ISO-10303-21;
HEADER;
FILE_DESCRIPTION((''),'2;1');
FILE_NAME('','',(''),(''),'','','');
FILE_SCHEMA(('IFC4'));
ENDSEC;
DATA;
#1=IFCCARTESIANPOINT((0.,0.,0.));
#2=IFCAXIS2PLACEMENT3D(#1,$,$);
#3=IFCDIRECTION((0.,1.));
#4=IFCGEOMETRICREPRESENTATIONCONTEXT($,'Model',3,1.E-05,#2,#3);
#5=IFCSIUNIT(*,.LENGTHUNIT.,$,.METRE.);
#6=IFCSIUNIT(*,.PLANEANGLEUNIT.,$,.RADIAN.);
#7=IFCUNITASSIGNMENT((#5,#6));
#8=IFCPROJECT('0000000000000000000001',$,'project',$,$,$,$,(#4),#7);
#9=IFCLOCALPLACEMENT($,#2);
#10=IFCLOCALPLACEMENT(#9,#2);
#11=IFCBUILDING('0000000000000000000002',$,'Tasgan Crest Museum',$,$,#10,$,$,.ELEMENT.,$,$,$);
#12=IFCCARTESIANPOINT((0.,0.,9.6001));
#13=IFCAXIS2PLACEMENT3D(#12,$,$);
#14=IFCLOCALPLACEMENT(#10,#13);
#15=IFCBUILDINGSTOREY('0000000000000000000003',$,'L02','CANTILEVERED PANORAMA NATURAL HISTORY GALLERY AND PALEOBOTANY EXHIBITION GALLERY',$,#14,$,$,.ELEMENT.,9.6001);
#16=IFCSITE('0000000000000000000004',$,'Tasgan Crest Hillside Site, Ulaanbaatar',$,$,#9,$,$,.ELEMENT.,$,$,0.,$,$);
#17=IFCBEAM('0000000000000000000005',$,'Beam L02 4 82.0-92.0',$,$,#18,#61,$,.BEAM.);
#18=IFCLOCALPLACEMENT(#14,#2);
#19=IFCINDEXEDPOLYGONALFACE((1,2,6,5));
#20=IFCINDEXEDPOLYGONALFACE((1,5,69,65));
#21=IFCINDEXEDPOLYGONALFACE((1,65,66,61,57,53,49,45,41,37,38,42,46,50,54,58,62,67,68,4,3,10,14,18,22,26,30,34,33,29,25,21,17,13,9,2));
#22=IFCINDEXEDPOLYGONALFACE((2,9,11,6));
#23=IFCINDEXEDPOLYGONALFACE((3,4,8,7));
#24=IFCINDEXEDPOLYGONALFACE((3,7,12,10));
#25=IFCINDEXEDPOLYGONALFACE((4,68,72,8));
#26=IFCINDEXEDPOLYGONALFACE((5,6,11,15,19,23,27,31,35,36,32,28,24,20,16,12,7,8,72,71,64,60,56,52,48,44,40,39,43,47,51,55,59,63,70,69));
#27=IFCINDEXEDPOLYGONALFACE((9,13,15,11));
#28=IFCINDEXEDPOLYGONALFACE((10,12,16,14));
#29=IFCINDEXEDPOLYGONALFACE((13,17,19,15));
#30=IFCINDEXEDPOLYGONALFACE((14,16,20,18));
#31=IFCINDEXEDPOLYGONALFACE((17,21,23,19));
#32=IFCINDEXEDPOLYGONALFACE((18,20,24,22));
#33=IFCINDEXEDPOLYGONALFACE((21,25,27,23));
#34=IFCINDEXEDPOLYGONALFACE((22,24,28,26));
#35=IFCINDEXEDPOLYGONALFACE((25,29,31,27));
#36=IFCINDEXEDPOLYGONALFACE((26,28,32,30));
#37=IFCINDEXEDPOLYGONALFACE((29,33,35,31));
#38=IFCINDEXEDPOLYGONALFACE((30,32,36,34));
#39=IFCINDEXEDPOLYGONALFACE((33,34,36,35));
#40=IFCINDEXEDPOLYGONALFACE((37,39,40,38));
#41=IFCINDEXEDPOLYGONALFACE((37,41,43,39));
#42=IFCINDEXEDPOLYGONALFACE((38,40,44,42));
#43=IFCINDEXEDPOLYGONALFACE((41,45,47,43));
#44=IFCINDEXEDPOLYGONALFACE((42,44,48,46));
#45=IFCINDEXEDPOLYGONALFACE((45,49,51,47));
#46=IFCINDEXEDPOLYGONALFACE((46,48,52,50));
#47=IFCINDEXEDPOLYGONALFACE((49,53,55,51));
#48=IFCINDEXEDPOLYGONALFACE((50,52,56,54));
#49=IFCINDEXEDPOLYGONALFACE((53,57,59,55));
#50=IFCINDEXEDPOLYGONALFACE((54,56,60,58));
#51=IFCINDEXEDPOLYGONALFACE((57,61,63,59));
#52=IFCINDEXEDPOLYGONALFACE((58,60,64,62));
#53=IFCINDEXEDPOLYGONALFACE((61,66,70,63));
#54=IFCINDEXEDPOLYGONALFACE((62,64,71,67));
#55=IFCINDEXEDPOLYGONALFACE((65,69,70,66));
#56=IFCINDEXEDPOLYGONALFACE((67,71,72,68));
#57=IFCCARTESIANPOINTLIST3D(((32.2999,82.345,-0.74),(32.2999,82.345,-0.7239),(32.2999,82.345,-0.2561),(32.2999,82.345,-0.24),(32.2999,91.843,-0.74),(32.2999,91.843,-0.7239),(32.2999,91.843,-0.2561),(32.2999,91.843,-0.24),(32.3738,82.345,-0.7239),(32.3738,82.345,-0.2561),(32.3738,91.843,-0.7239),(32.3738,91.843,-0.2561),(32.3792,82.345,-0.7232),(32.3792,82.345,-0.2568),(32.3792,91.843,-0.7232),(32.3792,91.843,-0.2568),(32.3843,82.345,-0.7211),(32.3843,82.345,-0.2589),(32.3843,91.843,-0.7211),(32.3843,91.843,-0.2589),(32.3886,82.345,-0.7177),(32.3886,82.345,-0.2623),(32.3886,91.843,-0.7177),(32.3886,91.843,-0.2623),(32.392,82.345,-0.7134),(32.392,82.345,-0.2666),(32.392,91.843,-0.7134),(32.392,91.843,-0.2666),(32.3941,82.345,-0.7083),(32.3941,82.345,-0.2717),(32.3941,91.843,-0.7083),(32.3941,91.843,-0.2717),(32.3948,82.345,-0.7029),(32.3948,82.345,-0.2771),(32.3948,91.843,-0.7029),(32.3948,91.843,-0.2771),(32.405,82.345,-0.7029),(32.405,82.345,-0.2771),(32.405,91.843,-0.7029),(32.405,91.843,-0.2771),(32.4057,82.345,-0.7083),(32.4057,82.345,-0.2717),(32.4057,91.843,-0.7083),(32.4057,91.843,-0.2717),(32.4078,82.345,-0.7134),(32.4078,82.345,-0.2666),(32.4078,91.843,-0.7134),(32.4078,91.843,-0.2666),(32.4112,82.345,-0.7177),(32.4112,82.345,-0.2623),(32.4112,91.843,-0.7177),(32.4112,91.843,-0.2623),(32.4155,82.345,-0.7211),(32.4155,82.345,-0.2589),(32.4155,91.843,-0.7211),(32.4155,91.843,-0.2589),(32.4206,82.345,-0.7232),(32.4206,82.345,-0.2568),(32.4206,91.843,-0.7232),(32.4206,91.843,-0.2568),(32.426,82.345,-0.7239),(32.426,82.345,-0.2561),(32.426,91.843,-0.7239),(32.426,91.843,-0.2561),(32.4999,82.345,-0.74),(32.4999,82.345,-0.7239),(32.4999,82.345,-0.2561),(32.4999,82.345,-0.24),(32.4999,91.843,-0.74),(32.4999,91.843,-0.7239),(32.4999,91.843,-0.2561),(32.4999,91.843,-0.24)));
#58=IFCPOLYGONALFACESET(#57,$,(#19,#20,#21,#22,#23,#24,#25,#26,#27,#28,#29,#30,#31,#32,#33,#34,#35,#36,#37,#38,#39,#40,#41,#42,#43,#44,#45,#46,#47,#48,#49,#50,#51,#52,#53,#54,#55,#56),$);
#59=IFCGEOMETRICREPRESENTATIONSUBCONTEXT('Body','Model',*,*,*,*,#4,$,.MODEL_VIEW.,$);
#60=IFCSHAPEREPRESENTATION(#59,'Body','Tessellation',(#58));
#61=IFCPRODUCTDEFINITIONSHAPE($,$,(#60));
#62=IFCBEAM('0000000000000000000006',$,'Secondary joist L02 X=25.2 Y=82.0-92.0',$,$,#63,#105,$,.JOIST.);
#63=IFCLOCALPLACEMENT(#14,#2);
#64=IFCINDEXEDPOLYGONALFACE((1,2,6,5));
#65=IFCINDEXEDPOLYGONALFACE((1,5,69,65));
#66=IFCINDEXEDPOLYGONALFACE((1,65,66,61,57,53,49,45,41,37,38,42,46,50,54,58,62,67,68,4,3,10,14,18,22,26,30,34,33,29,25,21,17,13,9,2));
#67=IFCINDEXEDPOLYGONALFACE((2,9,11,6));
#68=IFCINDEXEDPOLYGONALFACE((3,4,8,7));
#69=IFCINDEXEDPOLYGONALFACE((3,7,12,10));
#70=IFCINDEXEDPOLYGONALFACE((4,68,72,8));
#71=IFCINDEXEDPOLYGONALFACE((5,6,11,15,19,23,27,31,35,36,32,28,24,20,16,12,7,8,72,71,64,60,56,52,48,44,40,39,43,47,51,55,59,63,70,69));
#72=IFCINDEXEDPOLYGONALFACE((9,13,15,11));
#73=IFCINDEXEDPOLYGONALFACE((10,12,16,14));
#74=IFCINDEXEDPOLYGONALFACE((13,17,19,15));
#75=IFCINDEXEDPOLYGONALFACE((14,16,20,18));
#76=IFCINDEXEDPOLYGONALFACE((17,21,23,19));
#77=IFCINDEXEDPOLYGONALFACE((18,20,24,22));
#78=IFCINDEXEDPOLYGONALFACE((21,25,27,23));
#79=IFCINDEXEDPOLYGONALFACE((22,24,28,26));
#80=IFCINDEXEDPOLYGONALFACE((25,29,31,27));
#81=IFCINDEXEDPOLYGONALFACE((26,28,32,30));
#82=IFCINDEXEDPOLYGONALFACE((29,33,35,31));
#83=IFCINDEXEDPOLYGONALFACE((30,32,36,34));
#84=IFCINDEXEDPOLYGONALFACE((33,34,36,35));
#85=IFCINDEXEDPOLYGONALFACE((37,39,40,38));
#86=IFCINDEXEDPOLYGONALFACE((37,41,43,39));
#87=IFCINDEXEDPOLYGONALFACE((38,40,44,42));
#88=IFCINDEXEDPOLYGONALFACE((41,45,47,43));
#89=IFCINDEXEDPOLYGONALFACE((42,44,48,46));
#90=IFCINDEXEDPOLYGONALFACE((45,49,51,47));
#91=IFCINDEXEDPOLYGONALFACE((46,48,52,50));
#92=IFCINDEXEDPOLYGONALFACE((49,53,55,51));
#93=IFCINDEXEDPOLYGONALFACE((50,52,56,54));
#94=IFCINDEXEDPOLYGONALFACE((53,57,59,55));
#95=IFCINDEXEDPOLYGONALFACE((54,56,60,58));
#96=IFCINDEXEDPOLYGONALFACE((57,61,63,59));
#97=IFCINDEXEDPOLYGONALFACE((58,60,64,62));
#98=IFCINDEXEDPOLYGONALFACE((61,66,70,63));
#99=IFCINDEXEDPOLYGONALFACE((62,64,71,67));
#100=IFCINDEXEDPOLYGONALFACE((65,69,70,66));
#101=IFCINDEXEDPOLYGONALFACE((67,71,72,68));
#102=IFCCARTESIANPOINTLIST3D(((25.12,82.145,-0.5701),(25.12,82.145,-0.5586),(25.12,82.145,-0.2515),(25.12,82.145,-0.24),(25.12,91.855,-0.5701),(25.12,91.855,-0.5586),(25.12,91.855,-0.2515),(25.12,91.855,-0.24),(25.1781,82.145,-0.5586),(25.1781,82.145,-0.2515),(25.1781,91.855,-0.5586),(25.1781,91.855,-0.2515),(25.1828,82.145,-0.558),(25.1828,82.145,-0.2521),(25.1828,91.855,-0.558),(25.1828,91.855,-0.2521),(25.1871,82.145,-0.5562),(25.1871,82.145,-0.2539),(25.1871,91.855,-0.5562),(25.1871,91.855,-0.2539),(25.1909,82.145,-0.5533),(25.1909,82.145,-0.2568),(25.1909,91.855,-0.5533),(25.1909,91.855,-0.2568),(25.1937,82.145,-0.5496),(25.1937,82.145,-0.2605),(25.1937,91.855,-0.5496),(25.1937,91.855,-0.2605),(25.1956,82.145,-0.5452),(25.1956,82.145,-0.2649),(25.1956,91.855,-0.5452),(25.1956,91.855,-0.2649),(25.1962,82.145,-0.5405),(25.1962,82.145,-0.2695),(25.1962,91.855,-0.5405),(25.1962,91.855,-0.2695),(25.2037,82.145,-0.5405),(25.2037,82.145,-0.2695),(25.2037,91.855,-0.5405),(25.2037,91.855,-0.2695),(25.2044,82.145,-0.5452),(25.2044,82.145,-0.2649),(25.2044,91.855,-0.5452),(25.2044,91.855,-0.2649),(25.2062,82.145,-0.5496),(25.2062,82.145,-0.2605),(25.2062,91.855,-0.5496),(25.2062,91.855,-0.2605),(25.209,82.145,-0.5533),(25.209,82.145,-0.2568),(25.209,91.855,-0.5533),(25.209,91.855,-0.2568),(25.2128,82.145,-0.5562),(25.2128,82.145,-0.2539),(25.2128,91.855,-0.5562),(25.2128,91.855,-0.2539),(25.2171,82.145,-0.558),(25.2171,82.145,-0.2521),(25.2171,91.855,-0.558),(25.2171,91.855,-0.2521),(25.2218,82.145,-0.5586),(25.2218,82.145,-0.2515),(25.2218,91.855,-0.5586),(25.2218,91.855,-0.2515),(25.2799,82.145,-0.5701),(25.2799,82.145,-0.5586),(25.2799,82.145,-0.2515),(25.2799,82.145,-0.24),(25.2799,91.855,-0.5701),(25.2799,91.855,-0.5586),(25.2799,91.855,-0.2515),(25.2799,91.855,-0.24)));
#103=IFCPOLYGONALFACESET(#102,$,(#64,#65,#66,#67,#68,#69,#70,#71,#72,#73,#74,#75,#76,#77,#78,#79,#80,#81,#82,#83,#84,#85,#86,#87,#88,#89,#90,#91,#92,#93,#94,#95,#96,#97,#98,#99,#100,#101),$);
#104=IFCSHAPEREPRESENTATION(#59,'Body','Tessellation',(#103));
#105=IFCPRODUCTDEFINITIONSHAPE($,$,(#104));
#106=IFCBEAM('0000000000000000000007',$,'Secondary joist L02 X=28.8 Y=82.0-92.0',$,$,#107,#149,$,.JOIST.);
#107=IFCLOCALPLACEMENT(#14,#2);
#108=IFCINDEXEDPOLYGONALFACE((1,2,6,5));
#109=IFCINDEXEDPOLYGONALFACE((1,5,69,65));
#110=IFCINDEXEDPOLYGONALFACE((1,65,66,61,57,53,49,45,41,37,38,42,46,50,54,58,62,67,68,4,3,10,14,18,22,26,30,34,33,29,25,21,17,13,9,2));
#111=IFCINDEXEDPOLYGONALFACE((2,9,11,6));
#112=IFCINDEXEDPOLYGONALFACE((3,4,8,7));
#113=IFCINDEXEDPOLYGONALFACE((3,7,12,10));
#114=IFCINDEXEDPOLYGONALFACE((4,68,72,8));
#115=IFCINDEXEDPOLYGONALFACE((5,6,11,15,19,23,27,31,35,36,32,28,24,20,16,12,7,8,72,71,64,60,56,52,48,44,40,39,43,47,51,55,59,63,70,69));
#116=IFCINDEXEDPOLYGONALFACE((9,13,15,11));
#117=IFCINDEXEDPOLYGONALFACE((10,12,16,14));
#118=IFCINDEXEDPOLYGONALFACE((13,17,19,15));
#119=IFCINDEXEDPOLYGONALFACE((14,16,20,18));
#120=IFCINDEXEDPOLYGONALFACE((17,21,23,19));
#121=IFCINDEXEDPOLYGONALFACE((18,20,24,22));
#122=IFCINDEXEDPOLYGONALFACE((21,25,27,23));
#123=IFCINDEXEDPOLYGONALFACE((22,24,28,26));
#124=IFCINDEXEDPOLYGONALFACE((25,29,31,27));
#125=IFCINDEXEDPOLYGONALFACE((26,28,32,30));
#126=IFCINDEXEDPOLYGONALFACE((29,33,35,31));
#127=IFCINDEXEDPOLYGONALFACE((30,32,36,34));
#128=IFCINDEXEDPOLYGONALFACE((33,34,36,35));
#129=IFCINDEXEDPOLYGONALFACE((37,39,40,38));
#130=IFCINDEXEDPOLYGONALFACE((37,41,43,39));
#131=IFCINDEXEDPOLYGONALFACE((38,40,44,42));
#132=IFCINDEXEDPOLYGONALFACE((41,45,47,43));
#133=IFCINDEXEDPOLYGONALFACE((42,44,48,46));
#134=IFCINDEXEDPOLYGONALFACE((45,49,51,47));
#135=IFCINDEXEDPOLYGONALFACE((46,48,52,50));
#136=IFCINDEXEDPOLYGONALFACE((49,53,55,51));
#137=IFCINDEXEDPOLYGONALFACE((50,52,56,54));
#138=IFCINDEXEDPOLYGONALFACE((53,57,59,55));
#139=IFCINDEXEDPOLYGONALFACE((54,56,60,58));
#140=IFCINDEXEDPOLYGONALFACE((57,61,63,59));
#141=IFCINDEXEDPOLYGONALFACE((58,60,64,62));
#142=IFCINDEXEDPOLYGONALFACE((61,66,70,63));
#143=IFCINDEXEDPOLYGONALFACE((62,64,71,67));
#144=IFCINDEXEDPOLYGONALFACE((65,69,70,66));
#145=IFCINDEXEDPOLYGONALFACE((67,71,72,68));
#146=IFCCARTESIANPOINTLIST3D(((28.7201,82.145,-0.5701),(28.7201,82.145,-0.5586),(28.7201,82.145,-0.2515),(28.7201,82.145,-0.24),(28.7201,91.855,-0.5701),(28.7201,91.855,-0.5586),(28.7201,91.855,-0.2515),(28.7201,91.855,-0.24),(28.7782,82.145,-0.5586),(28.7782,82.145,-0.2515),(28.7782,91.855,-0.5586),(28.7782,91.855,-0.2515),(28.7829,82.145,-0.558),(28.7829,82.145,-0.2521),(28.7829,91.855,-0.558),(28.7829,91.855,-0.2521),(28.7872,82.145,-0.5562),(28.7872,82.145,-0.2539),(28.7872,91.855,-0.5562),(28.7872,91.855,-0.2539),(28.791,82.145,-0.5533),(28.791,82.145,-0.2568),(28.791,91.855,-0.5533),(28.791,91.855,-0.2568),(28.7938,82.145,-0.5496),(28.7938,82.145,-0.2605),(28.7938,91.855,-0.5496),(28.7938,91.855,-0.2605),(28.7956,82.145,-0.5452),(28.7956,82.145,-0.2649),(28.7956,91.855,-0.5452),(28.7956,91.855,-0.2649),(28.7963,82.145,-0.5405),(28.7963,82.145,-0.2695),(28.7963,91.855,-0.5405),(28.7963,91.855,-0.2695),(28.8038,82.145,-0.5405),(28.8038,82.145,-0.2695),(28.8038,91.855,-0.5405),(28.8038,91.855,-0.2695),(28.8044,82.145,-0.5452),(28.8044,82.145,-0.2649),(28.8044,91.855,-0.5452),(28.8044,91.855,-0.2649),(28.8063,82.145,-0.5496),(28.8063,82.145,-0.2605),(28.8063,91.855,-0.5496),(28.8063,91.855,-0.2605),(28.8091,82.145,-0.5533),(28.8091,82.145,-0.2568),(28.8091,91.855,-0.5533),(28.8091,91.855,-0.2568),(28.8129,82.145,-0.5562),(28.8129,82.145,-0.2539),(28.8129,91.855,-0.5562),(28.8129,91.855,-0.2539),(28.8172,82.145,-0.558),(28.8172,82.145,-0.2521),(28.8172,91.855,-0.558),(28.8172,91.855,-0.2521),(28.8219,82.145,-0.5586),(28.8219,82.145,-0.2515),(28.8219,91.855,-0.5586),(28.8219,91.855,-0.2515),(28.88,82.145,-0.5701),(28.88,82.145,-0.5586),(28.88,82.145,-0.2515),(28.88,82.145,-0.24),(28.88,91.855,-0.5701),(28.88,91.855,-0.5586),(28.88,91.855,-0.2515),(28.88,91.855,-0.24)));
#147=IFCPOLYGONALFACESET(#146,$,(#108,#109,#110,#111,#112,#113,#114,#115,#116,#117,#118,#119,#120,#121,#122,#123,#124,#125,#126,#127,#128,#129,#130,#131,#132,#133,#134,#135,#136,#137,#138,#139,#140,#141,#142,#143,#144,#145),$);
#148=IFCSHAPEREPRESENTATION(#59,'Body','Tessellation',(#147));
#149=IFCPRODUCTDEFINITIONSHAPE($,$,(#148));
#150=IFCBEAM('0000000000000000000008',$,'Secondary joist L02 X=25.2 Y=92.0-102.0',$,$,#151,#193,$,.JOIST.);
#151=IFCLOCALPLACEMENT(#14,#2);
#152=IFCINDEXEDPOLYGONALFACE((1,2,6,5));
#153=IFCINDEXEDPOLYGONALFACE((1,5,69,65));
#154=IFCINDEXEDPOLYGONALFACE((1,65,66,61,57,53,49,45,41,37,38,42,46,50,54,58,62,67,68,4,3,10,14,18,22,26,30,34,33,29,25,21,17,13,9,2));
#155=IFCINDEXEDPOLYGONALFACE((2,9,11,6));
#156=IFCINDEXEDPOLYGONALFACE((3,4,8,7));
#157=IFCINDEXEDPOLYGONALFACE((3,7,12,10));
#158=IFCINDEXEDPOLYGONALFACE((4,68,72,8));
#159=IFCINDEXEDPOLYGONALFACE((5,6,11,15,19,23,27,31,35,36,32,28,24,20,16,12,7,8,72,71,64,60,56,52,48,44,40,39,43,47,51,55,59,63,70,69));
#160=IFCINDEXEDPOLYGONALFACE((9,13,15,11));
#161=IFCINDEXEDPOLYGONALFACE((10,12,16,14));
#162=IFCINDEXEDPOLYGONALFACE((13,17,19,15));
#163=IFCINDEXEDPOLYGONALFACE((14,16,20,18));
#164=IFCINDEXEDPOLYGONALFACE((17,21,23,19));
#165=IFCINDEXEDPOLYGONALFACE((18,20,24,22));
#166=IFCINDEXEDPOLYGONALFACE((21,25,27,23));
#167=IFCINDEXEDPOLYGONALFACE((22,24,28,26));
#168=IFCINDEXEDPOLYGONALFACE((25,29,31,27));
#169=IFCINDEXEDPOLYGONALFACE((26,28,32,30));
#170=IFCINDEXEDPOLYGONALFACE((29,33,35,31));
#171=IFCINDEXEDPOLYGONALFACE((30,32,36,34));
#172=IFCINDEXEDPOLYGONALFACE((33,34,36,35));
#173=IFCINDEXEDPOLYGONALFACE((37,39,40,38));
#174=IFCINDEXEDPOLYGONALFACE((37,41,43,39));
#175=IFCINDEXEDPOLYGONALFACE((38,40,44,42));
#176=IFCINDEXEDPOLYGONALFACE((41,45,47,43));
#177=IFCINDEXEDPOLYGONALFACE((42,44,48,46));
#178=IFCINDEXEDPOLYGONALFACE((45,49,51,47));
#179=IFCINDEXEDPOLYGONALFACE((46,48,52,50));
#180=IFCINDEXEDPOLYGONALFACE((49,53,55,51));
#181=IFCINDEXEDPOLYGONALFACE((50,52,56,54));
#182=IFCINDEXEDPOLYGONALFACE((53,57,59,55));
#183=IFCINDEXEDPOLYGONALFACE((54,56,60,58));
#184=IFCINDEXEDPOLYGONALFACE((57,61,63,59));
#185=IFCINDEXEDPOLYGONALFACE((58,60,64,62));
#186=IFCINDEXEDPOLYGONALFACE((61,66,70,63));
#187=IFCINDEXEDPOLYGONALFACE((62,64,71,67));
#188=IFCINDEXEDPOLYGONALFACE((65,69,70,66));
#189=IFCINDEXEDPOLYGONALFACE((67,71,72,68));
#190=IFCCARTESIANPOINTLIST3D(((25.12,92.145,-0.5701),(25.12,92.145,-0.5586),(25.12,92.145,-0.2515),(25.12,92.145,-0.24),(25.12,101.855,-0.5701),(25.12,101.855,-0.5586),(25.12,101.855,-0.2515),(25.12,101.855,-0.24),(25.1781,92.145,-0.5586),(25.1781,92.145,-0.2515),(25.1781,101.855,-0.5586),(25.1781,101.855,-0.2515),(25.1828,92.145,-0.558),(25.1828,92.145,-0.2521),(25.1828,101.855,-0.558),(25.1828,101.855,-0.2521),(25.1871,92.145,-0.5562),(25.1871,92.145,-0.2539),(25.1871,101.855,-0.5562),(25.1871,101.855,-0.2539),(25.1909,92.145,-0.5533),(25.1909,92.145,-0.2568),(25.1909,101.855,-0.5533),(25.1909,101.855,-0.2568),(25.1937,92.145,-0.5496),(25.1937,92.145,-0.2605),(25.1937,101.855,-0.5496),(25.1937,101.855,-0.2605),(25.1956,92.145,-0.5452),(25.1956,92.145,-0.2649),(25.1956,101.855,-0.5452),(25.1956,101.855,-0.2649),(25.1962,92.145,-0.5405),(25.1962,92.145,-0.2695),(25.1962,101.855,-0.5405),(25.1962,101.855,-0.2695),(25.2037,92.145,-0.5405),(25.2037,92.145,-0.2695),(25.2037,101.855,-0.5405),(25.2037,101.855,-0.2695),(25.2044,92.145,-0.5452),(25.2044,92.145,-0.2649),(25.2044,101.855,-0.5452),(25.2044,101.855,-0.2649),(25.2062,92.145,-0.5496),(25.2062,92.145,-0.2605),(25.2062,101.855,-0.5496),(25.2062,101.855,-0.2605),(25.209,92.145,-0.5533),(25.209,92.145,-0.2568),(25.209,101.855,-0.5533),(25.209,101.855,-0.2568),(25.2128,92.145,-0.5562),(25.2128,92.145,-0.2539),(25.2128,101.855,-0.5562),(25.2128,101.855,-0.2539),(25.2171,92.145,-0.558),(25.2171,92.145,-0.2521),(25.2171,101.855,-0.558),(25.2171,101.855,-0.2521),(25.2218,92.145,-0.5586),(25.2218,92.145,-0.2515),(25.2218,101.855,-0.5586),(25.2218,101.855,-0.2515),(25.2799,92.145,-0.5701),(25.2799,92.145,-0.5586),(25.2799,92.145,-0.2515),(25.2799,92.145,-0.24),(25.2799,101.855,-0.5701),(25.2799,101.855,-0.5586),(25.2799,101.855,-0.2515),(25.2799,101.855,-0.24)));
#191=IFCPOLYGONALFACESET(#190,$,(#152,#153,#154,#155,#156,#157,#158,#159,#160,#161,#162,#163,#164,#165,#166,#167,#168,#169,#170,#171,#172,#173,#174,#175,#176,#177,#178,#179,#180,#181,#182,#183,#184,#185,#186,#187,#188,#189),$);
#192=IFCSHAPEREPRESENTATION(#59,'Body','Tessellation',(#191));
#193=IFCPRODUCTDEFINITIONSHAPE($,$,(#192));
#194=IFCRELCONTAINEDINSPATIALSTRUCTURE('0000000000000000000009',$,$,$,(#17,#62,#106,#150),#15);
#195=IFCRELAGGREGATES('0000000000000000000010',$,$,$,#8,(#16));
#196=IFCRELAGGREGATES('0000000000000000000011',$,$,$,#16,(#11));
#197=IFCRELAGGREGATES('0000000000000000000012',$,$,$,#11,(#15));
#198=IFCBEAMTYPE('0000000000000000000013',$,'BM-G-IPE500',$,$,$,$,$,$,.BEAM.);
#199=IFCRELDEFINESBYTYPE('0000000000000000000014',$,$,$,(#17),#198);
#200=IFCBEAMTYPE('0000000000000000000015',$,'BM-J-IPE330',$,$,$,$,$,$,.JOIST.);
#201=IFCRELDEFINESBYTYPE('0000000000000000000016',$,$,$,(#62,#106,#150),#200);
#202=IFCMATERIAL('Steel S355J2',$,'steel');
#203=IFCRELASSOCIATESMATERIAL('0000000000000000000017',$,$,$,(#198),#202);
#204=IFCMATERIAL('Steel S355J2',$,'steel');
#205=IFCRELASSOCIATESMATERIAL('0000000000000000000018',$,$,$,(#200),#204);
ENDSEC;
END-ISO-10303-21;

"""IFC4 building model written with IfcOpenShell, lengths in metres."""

from ifc_helpers import new_model, si_unit, direction, frame, origin, origin_2d, place, context, subcontext, project, spatial, i_section, extrude, material, material_profile, profile_set, type_object, element, save


model = new_model("IFC4")

# Units and contexts
model_context = context("Model", 3, precision=1e-05, world=origin(), true_north=direction((0.0, 1.0)))
body_context = subcontext(model_context, "Body", "Model", "MODEL_VIEW")
ifc_project = project(units=[si_unit("LENGTHUNIT", "METRE"), si_unit("PLANEANGLEUNIT", "RADIAN")], contexts=[model_context])

# Site, building, storey
site_placement = place(None, origin())
site = spatial("IfcSite", under=ifc_project, at=site_placement, Name="Tasgan Crest Hillside Site, Ulaanbaatar", CompositionType="ELEMENT", RefElevation=0.0)
building_placement = place(site_placement, origin())
building = spatial("IfcBuilding", under=site, at=building_placement, Name="Tasgan Crest Museum", CompositionType="ELEMENT")
storey_placement = place(building_placement, frame((0.0, 0.0, 9.6001)))
storey = spatial("IfcBuildingStorey", under=building, at=storey_placement, Name="L02", Description="CANTILEVERED PANORAMA NATURAL HISTORY GALLERY AND PALEOBOTANY EXHIBITION GALLERY", CompositionType="ELEMENT", Elevation=9.6001)

# Beams
ifc_material_1 = material(Name="Steel S355J2", Category="steel")
ifc_material_profile_1 = material_profile(ifc_material_1, i_section(OverallWidth=0.2, OverallDepth=0.5, WebThickness=0.0103, FlangeThickness=0.0161, FilletRadius=0.021, at=origin_2d()), Name="IPE 500")
ifc_profile_set_1 = profile_set([ifc_material_profile_1], Name="Steel S355J2")
beam_type_1 = type_object("IfcBeamType", Name="BM-G-IPE500", PredefinedType="BEAM", material=ifc_profile_set_1)
beam_1_placement = place(storey_placement, frame((32.3999, 82.345, -0.49), z_axis=(0.0, 1.0, 0.0), x_axis=(-1.0, 0.0, 0.0)))
element("IfcBeam", 1, at=beam_1_placement, inside=storey, type_object=beam_type_1, Name="Beam L02 4 82.0-92.0", PredefinedType="BEAM", context=body_context, shape_type="SweptSolid", body=[
    extrude(i_section(OverallWidth=0.2, OverallDepth=0.5, WebThickness=0.0103, FlangeThickness=0.0161, FilletRadius=0.021, at=origin_2d()), origin(), (0.0, 0.0, 1.0), 9.498),
])
ifc_material_2 = material(Name="Steel S355J2", Category="steel")
ifc_material_profile_2 = material_profile(ifc_material_2, i_section(OverallWidth=0.1599, OverallDepth=0.3301, WebThickness=0.0076, FlangeThickness=0.0115, FilletRadius=0.0181, at=origin_2d()), Name="IPE 330")
ifc_profile_set_2 = profile_set([ifc_material_profile_2], Name="Steel S355J2")
beam_type_2 = type_object("IfcBeamType", Name="BM-J-IPE330", PredefinedType="JOIST", material=ifc_profile_set_2)
for number, where, z_axis, x_axis, name in (
    (2, (25.2, 82.145, -0.405), (0.0, 1.0, 0.0), (-1.0, 0.0, 0.0), "Secondary joist L02 X=25.2 Y=82.0-92.0"),
    (3, (28.8, 82.145, -0.405), (0.0, 1.0, 0.0), (-1.0, 0.0, 0.0), "Secondary joist L02 X=28.8 Y=82.0-92.0"),
    (4, (25.2, 92.145, -0.405), (0.0, 1.0, 0.0), (-1.0, 0.0, 0.0), "Secondary joist L02 X=25.2 Y=92.0-102.0"),
):
    element("IfcBeam", number, at=place(storey_placement, frame(where, z_axis=z_axis, x_axis=x_axis)), inside=storey, type_object=beam_type_2, Name=name, PredefinedType="JOIST", context=body_context, shape_type="SweptSolid", body=[
        extrude(i_section(OverallWidth=0.1599, OverallDepth=0.3301, WebThickness=0.0076, FlangeThickness=0.0115, FilletRadius=0.0181, at=origin_2d()), origin(), (0.0, 0.0, 1.0), 9.71),
    ])

save(model, "model.ifc")
